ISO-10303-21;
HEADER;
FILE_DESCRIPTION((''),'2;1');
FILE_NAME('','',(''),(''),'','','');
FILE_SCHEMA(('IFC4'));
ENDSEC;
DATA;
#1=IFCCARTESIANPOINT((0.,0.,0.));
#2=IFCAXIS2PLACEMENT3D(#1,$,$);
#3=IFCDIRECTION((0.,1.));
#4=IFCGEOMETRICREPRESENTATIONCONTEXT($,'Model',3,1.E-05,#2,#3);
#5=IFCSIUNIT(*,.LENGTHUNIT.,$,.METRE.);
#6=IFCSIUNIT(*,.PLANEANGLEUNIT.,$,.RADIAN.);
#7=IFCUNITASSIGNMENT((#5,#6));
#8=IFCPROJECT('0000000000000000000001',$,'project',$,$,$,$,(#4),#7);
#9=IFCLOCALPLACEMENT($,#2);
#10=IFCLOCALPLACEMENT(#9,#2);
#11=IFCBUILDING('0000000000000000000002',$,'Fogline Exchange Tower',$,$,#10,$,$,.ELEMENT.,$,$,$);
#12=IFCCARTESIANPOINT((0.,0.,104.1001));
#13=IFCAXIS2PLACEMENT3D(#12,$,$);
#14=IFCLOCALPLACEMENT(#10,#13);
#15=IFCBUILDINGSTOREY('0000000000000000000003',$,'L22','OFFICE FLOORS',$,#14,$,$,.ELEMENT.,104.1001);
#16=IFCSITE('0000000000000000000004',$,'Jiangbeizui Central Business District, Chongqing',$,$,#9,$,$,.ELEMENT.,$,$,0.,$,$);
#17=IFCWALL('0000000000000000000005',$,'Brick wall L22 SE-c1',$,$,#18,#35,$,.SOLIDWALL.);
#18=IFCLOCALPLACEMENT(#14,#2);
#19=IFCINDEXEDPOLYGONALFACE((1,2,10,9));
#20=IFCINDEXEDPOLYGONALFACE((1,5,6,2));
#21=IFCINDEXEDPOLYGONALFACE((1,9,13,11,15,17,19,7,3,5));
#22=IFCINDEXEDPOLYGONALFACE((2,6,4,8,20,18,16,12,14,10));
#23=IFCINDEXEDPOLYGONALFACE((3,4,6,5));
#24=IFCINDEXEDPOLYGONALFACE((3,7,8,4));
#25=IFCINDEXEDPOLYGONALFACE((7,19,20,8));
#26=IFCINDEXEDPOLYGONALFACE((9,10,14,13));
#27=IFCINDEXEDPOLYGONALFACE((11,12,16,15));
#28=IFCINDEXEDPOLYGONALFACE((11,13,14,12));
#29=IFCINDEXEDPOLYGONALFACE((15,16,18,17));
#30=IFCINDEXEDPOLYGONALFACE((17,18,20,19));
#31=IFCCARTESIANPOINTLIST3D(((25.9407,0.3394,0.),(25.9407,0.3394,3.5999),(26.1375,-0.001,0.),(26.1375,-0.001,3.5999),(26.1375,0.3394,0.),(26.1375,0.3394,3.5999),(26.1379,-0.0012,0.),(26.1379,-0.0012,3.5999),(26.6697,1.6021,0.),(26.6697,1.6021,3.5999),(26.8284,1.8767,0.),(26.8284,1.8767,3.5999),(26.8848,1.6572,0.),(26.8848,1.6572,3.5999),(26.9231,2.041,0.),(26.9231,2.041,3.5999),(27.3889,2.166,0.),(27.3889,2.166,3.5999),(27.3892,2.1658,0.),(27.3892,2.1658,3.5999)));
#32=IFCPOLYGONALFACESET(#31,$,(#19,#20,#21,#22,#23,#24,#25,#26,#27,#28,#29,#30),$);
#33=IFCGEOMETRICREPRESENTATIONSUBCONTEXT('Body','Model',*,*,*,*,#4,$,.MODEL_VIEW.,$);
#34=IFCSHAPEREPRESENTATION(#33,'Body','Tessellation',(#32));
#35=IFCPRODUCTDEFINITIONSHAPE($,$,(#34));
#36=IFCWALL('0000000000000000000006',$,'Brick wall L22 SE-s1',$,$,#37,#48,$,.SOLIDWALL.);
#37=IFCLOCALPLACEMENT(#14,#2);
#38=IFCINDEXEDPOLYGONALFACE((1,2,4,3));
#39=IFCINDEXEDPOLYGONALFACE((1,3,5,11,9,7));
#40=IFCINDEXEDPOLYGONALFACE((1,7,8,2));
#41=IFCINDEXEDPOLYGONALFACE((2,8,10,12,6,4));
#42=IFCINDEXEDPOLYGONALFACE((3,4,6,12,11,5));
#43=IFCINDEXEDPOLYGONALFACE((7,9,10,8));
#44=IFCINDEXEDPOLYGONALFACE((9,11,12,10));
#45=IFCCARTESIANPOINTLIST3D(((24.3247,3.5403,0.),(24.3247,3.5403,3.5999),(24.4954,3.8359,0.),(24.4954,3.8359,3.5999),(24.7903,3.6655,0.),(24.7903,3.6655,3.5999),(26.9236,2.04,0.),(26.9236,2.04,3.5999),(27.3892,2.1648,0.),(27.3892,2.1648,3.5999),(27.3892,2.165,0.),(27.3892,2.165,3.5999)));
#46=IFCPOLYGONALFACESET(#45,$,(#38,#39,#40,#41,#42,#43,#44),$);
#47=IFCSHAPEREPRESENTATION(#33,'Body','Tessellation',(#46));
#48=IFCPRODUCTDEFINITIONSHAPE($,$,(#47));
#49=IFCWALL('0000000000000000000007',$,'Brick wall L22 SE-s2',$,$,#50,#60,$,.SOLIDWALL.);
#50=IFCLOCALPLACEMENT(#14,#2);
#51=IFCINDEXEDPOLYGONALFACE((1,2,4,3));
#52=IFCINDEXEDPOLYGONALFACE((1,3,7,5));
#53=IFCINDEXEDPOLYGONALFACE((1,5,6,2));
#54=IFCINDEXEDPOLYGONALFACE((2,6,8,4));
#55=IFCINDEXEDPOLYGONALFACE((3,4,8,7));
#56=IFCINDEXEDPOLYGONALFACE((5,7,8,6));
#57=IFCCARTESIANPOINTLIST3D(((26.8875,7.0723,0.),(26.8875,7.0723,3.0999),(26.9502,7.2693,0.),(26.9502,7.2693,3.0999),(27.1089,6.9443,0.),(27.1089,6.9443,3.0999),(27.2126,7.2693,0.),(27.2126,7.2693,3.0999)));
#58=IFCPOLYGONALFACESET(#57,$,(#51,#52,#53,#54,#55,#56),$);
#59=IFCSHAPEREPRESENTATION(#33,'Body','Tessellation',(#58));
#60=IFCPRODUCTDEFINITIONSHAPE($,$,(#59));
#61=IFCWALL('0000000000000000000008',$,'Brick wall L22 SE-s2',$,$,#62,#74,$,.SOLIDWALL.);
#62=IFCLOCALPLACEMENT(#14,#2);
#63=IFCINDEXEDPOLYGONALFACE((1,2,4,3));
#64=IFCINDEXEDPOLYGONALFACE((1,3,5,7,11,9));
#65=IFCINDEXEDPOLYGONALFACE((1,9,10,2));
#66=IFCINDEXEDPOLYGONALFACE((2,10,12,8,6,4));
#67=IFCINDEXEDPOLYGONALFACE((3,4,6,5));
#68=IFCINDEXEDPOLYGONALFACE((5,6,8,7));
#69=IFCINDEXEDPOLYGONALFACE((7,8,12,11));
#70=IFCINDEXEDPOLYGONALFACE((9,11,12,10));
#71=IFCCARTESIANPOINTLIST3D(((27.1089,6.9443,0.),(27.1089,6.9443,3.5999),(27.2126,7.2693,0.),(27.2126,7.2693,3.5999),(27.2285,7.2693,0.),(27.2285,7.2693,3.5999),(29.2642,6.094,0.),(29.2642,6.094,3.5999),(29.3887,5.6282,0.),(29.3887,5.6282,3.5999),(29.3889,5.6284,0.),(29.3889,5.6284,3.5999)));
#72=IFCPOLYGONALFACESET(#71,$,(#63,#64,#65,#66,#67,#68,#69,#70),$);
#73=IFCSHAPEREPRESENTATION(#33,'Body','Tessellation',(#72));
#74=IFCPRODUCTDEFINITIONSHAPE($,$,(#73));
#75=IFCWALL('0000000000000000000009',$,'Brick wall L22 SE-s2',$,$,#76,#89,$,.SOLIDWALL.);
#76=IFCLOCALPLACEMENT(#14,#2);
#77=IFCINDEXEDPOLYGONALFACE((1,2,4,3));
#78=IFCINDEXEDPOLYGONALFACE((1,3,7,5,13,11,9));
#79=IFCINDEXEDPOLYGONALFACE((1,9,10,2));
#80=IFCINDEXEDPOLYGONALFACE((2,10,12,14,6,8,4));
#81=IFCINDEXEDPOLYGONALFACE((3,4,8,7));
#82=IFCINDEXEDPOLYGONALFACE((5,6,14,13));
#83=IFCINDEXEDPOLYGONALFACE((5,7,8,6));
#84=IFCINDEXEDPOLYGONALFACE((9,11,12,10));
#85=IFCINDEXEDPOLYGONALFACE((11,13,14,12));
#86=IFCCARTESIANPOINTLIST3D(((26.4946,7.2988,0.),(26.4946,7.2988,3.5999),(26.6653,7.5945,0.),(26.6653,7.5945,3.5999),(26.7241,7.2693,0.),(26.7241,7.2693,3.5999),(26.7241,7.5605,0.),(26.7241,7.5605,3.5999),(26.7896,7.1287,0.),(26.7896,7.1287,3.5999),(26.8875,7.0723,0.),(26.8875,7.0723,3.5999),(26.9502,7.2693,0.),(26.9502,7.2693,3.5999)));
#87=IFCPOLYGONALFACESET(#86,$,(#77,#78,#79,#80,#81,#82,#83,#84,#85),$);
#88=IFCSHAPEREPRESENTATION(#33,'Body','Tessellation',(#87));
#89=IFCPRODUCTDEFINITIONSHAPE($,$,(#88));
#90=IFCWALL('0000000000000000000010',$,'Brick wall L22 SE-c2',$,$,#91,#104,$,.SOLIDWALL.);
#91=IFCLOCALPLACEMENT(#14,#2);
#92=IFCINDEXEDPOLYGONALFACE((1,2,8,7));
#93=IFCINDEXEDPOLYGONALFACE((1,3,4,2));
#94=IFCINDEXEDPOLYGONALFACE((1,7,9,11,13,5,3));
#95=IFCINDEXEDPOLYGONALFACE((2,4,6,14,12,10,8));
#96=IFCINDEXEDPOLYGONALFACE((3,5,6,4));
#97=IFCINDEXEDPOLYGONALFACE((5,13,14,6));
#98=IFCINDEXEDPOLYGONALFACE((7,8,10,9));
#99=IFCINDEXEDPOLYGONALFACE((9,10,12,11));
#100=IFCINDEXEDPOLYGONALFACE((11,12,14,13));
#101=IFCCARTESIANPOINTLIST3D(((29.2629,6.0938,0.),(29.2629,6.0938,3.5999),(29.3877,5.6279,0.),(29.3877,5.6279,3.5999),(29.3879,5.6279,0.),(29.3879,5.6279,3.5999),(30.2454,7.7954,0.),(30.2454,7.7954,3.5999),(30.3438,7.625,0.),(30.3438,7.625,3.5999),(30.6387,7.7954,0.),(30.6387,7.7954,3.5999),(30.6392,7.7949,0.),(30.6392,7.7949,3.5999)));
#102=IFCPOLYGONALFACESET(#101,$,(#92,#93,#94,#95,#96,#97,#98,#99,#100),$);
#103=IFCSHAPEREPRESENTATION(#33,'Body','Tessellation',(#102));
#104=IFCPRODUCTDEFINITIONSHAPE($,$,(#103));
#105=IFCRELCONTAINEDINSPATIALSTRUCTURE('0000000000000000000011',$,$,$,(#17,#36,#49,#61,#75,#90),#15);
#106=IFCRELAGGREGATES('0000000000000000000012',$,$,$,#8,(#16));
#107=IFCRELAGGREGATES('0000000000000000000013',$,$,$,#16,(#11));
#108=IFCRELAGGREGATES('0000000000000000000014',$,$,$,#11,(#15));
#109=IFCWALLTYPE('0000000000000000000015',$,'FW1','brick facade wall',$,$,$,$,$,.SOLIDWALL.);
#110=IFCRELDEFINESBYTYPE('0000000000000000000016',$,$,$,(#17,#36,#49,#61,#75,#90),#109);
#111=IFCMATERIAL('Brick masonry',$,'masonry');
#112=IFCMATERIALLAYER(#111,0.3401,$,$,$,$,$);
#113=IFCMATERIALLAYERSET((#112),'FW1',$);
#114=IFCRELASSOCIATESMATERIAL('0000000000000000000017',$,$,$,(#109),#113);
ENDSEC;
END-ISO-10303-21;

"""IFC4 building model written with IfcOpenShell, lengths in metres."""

from ifc_helpers import new_model, si_unit, direction, frame, origin, place, context, subcontext, project, spatial, polyline, outline, extrude, material, layer, layer_set, type_object, element, save


model = new_model("IFC4")

# Units and contexts
model_context = context("Model", 3, precision=1e-05, world=origin(), true_north=direction((0.0, 1.0)))
body_context = subcontext(model_context, "Body", "Model", "MODEL_VIEW")
ifc_project = project(units=[si_unit("LENGTHUNIT", "METRE"), si_unit("PLANEANGLEUNIT", "RADIAN")], contexts=[model_context])

# Site, building, storey
site_placement = place(None, origin())
site = spatial("IfcSite", under=ifc_project, at=site_placement, Name="Jiangbeizui Central Business District, Chongqing", CompositionType="ELEMENT", RefElevation=0.0)
building_placement = place(site_placement, origin())
building = spatial("IfcBuilding", under=site, at=building_placement, Name="Fogline Exchange Tower", CompositionType="ELEMENT")
storey_placement = place(building_placement, frame((0.0, 0.0, 104.1001)))
storey = spatial("IfcBuildingStorey", under=building, at=storey_placement, Name="L22", Description="OFFICE FLOORS", CompositionType="ELEMENT", Elevation=104.1001)

# Walls
ifc_material_1 = material(Name="Brick masonry", Category="masonry")
ifc_layer_1 = layer(ifc_material_1, 0.3401)
ifc_layer_set_1 = layer_set([ifc_layer_1], Name="FW1")
wall_type = type_object("IfcWallType", Name="FW1", Description="brick facade wall", PredefinedType="SOLIDWALL", material=ifc_layer_set_1)
wall_1_placement = place(storey_placement, origin())
element("IfcWall", 1, at=wall_1_placement, inside=storey, type_object=wall_type, Name="Brick wall L22 SE-c1", PredefinedType="SOLIDWALL", context=body_context, shape_type="SweptSolid", body=[
    extrude(outline(polyline([(26.1379, -0.0012), (26.1375, -0.001), (26.1375, 0.3394), (25.9407, 0.3394), (26.6697, 1.6021), (26.8848, 1.6572), (26.8284, 1.8767), (26.9231, 2.041), (27.3889, 2.166), (27.3892, 2.1658), (26.1379, -0.0012)])), origin(), (0.0, 0.0, 1.0), 3.5999),
])
wall_2_placement = place(storey_placement, origin())
element("IfcWall", 2, at=wall_2_placement, inside=storey, type_object=wall_type, Name="Brick wall L22 SE-s1", PredefinedType="SOLIDWALL", context=body_context, shape_type="SweptSolid", body=[
    extrude(outline(polyline([(24.3247, 3.5403), (24.4954, 3.8359), (24.7903, 3.6655), (27.3892, 2.165), (27.3892, 2.1648), (26.9236, 2.04), (24.3247, 3.5403)])), origin(), (0.0, 0.0, 1.0), 3.5999),
])
wall_3_placement = place(storey_placement, origin())
element("IfcWall", 3, at=wall_3_placement, inside=storey, type_object=wall_type, Name="Brick wall L22 SE-s2", PredefinedType="SOLIDWALL", context=body_context, shape_type="SweptSolid", body=[
    extrude(outline(polyline([(26.8875, 7.0723), (26.9502, 7.2693), (27.2126, 7.2693), (27.1089, 6.9443), (26.8875, 7.0723)])), origin(), (0.0, 0.0, 1.0), 3.0999),
])
wall_4_placement = place(storey_placement, origin())
element("IfcWall", 4, at=wall_4_placement, inside=storey, type_object=wall_type, Name="Brick wall L22 SE-s2", PredefinedType="SOLIDWALL", context=body_context, shape_type="SweptSolid", body=[
    extrude(outline(polyline([(27.1089, 6.9443), (27.2126, 7.2693), (27.2285, 7.2693), (29.2642, 6.094), (29.3889, 5.6284), (29.3887, 5.6282), (27.1089, 6.9443)])), origin(), (0.0, 0.0, 1.0), 3.5999),
])
wall_5_placement = place(storey_placement, origin())
element("IfcWall", 5, at=wall_5_placement, inside=storey, type_object=wall_type, Name="Brick wall L22 SE-s2", PredefinedType="SOLIDWALL", context=body_context, shape_type="SweptSolid", body=[
    extrude(outline(polyline([(26.7896, 7.1287), (26.4946, 7.2988), (26.6653, 7.5945), (26.7241, 7.5605), (26.7241, 7.2693), (26.9502, 7.2693), (26.8875, 7.0723), (26.7896, 7.1287)])), origin(), (0.0, 0.0, 1.0), 3.5999),
])
wall_6_placement = place(storey_placement, origin())
element("IfcWall", 6, at=wall_6_placement, inside=storey, type_object=wall_type, Name="Brick wall L22 SE-c2", PredefinedType="SOLIDWALL", context=body_context, shape_type="SweptSolid", body=[
    extrude(outline(polyline([(30.2454, 7.7954), (30.3438, 7.625), (30.6387, 7.7954), (30.6392, 7.7949), (29.3879, 5.6279), (29.3877, 5.6279), (29.2629, 6.0938), (30.2454, 7.7954)])), origin(), (0.0, 0.0, 1.0), 3.5999),
])

save(model, "model.ifc")
